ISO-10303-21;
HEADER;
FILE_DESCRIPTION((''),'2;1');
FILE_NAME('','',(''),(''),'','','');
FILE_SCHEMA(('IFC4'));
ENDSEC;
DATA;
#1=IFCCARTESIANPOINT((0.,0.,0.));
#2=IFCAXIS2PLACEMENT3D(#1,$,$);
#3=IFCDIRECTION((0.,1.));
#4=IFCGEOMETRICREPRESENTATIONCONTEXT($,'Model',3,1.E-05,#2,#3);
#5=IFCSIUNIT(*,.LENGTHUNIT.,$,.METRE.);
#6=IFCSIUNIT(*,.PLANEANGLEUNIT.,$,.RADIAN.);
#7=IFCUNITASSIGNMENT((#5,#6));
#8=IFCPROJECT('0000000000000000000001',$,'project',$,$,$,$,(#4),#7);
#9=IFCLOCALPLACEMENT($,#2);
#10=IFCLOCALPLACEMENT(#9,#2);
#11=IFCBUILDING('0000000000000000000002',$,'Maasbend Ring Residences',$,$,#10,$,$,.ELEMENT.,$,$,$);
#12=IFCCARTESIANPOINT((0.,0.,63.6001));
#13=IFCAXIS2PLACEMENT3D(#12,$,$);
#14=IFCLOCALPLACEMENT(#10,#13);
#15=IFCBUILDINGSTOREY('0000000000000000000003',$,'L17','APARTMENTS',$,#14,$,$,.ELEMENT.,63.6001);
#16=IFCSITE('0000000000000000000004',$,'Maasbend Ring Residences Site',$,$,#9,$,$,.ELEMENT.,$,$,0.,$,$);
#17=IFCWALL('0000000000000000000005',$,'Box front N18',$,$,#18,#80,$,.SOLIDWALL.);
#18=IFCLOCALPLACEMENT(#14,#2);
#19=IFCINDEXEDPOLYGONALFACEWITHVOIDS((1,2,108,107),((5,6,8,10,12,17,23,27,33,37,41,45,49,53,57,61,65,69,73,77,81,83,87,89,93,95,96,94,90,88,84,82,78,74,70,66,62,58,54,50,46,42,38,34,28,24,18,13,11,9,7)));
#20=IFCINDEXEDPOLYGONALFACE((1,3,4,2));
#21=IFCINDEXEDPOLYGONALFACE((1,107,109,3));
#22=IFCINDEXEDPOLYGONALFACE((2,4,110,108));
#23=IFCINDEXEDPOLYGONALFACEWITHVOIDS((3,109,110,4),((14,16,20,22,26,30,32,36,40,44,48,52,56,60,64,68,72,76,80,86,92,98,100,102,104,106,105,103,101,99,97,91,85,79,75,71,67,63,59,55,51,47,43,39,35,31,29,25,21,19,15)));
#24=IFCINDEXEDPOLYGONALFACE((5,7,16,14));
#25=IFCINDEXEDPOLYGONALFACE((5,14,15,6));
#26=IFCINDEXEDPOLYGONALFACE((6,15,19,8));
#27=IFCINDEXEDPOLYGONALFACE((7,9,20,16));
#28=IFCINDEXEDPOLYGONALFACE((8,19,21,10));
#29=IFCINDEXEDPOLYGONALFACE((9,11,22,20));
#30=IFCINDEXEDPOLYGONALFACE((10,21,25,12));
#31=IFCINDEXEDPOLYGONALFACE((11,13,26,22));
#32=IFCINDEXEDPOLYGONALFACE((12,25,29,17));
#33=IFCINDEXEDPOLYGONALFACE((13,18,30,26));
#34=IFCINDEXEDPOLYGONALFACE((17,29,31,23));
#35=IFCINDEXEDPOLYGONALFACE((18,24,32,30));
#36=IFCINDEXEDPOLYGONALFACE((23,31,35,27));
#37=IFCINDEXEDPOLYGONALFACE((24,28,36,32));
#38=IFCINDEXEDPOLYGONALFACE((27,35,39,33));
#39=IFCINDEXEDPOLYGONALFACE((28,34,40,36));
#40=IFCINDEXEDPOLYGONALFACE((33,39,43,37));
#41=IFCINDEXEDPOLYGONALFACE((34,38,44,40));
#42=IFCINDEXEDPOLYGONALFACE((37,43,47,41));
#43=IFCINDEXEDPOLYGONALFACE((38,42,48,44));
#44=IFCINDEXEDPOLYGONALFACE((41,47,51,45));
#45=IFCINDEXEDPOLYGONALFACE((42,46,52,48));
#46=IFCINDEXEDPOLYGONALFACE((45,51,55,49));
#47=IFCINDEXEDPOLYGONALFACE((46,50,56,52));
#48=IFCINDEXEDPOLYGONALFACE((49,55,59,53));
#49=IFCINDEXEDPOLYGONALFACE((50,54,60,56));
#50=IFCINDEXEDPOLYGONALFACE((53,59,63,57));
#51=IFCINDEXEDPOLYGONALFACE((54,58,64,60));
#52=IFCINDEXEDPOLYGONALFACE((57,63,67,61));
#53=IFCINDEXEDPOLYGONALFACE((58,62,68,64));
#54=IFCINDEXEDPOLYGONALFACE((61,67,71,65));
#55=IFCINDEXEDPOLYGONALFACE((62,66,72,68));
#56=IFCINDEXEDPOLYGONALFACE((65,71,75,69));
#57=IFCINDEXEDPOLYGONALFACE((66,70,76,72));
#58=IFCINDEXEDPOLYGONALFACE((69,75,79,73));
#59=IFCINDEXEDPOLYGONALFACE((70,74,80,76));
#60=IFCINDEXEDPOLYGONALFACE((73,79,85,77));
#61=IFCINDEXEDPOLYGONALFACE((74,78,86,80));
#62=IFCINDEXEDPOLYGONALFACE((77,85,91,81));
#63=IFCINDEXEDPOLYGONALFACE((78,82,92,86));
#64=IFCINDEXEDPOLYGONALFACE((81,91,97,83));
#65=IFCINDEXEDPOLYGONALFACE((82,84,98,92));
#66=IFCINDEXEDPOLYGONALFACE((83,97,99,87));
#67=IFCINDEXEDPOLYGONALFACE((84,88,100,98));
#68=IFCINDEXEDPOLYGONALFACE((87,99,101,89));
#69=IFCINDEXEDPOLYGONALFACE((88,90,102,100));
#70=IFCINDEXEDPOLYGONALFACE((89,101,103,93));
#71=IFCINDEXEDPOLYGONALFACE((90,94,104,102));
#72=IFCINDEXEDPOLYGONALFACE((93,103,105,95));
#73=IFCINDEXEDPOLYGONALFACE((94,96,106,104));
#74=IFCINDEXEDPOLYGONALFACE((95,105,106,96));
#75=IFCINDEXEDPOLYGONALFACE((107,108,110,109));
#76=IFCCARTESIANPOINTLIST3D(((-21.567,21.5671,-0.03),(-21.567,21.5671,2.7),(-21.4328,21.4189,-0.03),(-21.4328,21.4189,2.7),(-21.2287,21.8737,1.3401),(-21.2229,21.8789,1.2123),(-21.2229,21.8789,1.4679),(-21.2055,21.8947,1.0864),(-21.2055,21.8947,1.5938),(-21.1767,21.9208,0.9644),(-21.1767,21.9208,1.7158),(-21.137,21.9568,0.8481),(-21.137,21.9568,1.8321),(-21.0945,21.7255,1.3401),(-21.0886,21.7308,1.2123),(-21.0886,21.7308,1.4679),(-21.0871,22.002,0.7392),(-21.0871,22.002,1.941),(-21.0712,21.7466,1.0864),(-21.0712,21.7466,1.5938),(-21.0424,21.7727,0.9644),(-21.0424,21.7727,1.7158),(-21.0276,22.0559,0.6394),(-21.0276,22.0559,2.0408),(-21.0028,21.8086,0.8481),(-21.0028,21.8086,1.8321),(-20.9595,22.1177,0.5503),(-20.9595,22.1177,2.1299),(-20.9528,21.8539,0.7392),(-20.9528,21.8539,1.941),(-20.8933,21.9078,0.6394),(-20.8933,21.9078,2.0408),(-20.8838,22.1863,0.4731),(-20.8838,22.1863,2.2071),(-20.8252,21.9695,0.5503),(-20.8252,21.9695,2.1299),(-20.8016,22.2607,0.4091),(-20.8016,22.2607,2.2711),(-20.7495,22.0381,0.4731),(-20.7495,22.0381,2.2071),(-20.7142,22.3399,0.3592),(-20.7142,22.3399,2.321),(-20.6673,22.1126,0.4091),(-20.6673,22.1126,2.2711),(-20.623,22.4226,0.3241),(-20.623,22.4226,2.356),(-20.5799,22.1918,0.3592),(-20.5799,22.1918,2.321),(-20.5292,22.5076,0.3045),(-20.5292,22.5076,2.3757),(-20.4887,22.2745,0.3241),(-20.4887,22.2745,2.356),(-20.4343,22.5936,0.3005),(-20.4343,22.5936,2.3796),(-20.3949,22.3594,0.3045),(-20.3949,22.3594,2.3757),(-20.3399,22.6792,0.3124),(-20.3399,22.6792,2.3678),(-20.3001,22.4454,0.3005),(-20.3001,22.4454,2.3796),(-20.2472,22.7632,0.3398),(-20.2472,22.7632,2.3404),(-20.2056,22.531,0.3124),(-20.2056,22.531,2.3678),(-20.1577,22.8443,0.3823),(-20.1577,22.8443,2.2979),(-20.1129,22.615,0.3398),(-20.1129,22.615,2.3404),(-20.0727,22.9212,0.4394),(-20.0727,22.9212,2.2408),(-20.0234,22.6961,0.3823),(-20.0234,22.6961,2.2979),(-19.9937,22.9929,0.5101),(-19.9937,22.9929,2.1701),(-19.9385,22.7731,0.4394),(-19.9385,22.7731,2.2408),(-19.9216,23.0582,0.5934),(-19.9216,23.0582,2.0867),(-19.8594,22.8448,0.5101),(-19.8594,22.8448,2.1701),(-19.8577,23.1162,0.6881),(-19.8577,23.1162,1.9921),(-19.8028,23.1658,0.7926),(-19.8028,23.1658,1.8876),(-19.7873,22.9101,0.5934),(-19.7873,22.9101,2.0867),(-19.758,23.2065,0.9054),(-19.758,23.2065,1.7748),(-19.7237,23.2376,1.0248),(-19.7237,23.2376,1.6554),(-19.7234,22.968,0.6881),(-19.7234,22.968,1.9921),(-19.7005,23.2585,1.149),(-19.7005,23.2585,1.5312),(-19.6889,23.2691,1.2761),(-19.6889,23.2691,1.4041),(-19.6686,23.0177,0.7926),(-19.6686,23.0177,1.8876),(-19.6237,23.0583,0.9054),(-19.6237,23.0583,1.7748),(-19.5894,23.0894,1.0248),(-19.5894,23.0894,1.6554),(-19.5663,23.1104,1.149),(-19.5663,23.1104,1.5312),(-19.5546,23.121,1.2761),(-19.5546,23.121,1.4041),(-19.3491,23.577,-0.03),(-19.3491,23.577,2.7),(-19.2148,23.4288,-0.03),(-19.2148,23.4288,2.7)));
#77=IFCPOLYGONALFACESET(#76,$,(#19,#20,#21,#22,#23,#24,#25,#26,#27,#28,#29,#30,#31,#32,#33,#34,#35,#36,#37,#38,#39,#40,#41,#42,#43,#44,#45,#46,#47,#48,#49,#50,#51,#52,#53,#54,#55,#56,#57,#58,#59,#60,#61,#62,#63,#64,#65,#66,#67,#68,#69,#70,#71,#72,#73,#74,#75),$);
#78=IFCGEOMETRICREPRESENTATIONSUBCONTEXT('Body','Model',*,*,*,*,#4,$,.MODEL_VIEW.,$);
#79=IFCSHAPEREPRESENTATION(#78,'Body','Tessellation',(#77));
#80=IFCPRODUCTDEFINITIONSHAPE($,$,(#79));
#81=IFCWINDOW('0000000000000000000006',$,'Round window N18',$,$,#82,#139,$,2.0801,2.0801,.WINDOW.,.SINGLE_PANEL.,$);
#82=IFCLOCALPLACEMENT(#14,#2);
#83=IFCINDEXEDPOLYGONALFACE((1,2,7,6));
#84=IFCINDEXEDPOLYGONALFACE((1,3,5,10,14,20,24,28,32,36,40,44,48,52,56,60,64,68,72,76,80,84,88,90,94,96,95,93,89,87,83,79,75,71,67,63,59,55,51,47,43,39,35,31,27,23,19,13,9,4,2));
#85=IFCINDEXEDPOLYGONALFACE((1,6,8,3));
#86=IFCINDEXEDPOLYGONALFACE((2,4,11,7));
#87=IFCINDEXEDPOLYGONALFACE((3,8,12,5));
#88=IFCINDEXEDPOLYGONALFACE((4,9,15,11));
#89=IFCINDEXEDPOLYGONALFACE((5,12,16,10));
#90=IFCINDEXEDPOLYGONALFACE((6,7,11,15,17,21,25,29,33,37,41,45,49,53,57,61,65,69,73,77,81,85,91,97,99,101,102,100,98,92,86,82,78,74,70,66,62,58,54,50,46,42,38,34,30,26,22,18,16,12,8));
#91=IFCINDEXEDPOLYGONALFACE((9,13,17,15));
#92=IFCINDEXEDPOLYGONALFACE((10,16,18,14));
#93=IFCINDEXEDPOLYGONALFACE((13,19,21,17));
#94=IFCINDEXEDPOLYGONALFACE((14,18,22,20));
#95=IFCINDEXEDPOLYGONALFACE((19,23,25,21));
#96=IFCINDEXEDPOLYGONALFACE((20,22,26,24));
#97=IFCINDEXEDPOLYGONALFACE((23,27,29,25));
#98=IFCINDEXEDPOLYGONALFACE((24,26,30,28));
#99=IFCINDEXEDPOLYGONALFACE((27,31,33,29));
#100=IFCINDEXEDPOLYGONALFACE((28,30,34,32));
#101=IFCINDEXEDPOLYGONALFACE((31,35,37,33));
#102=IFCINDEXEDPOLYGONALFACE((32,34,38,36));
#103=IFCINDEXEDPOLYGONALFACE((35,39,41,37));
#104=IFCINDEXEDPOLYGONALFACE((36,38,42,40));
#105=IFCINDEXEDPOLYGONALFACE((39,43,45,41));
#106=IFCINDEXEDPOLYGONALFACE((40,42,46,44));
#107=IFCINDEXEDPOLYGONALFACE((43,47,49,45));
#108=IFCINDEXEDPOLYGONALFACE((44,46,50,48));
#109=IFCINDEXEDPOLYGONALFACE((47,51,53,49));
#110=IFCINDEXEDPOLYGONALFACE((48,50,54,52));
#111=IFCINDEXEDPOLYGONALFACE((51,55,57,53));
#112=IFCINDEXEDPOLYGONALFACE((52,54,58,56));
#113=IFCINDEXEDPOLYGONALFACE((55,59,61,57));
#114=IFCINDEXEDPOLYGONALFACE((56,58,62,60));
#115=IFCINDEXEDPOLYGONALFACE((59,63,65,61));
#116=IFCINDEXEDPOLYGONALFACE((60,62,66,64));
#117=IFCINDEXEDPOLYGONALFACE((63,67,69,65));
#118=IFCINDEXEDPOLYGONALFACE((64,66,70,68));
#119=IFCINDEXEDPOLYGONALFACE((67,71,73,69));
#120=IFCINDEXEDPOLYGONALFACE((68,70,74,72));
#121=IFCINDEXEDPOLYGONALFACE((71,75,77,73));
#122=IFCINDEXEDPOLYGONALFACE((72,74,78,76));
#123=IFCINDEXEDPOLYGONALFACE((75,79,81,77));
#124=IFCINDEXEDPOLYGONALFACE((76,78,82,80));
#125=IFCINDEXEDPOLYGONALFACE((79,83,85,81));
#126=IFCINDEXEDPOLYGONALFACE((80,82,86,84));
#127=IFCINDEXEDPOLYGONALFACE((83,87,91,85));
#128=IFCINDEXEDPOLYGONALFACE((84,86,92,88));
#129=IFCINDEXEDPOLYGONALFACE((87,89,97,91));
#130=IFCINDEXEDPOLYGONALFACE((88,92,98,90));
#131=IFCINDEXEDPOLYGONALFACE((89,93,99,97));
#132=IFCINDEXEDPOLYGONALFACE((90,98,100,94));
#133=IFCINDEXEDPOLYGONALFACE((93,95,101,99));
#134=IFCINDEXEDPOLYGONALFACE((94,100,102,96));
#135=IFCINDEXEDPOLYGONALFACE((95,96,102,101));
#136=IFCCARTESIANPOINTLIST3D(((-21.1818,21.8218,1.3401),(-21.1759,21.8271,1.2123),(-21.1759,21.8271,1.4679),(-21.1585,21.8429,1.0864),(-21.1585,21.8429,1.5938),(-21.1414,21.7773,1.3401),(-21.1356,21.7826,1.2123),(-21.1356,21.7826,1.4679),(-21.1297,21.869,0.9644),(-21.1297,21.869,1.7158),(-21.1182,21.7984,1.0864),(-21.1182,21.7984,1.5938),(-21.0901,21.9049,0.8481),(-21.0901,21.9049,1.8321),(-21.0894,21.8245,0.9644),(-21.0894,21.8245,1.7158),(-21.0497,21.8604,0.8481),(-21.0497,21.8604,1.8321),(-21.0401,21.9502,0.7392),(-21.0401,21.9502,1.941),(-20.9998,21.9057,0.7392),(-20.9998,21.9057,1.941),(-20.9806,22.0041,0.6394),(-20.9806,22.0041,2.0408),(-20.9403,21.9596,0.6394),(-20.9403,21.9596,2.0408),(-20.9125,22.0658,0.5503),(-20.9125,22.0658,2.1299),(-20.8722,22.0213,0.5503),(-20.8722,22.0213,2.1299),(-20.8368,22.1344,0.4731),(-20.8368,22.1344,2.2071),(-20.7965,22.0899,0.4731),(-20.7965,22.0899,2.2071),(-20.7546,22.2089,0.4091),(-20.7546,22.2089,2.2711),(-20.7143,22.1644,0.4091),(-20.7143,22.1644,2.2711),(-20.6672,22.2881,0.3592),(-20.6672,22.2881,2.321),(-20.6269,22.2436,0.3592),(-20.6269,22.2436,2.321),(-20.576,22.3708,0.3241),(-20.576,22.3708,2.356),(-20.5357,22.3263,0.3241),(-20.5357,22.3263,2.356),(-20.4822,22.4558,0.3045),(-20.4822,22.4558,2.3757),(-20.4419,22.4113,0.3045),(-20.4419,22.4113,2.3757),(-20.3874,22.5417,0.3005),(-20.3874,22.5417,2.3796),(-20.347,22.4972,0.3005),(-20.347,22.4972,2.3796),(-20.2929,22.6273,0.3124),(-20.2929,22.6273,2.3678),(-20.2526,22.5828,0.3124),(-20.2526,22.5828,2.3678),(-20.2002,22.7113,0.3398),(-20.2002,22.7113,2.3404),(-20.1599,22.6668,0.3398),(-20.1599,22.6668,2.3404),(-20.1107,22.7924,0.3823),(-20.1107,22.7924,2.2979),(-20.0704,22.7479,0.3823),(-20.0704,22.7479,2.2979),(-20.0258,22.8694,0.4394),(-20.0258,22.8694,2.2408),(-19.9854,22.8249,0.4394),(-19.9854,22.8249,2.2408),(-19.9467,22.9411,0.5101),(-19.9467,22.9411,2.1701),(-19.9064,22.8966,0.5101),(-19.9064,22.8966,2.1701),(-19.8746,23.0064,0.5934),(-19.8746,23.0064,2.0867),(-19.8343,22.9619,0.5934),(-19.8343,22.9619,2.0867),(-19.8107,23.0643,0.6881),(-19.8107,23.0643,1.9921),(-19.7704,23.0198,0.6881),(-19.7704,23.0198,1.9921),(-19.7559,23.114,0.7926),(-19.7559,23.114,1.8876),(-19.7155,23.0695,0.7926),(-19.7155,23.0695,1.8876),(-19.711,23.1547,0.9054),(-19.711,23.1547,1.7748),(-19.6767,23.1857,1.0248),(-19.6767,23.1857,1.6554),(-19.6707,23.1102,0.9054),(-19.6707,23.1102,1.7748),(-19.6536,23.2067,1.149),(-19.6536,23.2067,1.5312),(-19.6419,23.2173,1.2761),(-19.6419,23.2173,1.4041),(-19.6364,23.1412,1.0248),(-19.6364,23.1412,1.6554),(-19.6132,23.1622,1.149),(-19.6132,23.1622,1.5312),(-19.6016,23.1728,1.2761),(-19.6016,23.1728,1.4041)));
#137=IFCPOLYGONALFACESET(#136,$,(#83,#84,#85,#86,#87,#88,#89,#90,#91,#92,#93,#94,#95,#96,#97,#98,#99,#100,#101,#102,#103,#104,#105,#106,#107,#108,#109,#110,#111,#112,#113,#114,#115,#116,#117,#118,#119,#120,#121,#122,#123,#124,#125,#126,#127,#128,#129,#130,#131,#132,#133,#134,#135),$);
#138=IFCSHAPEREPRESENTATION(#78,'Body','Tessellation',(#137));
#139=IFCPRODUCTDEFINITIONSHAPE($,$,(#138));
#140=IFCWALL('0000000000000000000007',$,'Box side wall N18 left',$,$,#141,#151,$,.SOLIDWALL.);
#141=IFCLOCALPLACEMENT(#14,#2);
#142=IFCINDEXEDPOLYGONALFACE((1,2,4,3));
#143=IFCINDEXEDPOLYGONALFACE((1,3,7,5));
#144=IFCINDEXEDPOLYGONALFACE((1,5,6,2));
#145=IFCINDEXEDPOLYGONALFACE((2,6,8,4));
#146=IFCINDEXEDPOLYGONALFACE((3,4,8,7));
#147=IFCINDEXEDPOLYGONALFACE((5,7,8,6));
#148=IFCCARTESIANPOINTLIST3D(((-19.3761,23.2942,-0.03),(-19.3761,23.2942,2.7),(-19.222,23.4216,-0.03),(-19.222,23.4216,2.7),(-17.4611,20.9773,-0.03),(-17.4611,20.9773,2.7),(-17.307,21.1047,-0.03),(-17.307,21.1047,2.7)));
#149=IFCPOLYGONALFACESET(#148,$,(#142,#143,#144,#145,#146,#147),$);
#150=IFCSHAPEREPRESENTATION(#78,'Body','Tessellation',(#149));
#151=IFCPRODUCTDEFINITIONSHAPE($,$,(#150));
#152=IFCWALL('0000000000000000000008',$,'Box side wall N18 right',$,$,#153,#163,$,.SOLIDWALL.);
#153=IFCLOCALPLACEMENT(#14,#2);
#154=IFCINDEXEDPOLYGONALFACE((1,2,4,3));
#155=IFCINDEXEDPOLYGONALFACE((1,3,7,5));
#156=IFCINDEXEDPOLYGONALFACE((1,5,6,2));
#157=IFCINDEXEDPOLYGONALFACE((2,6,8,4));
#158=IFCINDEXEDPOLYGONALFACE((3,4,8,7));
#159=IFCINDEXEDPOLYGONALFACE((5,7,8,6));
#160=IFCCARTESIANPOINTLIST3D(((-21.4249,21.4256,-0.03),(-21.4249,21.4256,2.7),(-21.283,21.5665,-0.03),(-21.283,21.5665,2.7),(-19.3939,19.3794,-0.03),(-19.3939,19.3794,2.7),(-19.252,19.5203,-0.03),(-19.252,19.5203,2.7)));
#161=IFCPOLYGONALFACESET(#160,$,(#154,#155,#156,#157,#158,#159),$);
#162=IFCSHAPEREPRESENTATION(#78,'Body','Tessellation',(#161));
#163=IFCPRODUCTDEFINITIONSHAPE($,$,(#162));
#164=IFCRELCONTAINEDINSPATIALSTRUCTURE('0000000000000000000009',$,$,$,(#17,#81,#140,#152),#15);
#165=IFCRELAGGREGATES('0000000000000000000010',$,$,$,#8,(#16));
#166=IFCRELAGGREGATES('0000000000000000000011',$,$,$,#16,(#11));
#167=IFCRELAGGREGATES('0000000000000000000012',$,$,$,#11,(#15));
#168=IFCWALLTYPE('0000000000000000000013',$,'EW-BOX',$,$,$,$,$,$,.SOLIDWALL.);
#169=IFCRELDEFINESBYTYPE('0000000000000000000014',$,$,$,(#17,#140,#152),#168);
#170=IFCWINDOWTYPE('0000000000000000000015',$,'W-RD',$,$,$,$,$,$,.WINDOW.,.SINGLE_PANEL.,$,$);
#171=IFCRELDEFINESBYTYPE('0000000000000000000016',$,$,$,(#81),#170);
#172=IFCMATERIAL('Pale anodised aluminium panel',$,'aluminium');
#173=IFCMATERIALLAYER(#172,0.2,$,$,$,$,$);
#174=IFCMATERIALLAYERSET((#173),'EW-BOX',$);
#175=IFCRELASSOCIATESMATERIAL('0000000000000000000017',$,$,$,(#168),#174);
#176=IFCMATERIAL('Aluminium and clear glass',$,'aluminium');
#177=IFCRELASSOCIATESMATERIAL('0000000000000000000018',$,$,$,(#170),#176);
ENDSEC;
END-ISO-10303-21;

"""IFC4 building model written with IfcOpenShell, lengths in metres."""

from ifc_helpers import new_model, si_unit, direction, frame, frame_2d, origin, place, context, subcontext, project, spatial, rectangle, circle, extrude, material, layer, layer_set, type_object, element, fill, save


model = new_model("IFC4")

# Units and contexts
model_context = context("Model", 3, precision=1e-05, world=origin(), true_north=direction((0.0, 1.0)))
body_context = subcontext(model_context, "Body", "Model", "MODEL_VIEW")
ifc_project = project(units=[si_unit("LENGTHUNIT", "METRE"), si_unit("PLANEANGLEUNIT", "RADIAN")], contexts=[model_context])

# Site, building, storey
site_placement = place(None, origin())
site = spatial("IfcSite", under=ifc_project, at=site_placement, Name="Maasbend Ring Residences Site", CompositionType="ELEMENT", RefElevation=0.0)
building_placement = place(site_placement, origin())
building = spatial("IfcBuilding", under=site, at=building_placement, Name="Maasbend Ring Residences", CompositionType="ELEMENT")
storey_placement = place(building_placement, frame((0.0, 0.0, 63.6001)))
storey = spatial("IfcBuildingStorey", under=building, at=storey_placement, Name="L17", Description="APARTMENTS", CompositionType="ELEMENT", Elevation=63.6001)

# Wall, opening, window
ifc_material_1 = material(Name="Pale anodised aluminium panel", Category="aluminium")
ifc_layer_1 = layer(ifc_material_1, 0.2)
ifc_layer_set_1 = layer_set([ifc_layer_1], Name="EW-BOX")
wall_type_1 = type_object("IfcWallType", Name="EW-BOX", PredefinedType="SOLIDWALL", material=ifc_layer_set_1)
wall_1_placement = place(storey_placement, frame((-19.282, 23.5029, -0.03), z_axis=(0.0, 0.0, 1.0), x_axis=(-0.740998, -0.671507, 0.0)))
wall_1 = element("IfcWall", 1, at=wall_1_placement, inside=storey, type_object=wall_type_1, Name="Box front N18", PredefinedType="SOLIDWALL", context=body_context, shape_type="SweptSolid", body=[
    extrude(rectangle(XDim=2.9932, YDim=0.2, at=frame_2d((1.4966, 0.0))), origin(), (0.0, 0.0, 1.0), 2.73),
])
opening_1_placement = place(wall_1_placement, frame((0.4565, 0.0, 0.3301)))
opening_1 = element("IfcOpeningElement", 2, at=opening_1_placement, cuts=wall_1, PredefinedType="OPENING", context=body_context, shape_type="SweptSolid", body=[
    extrude(circle(Radius=1.04, at=frame_2d((1.04, 1.04))), frame((0.0, 0.1099, 0.0), z_axis=(0.0, -1.0, 0.0), x_axis=(1.0, 0.0, 0.0)), (0.0, 0.0, 1.0), 0.22),
])
ifc_material_2 = material(Name="Aluminium and clear glass", Category="aluminium")
window_type_1 = type_object("IfcWindowType", Name="W-RD", PartitioningType="SINGLE_PANEL", PredefinedType="WINDOW", material=ifc_material_2)
window_1_placement = place(opening_1_placement, origin())
window_1 = element("IfcWindow", 3, at=window_1_placement, inside=storey, type_object=window_type_1, Name="Round window N18", OverallHeight=2.0801, OverallWidth=2.0801, PartitioningType="SINGLE_PANEL", PredefinedType="WINDOW", context=body_context, shape_type="SweptSolid", body=[
    extrude(circle(Radius=1.04, at=frame_2d((1.04, 1.04))), frame((0.0, 0.03, 0.0), z_axis=(0.0, -1.0, 0.0), x_axis=(1.0, 0.0, 0.0)), (0.0, 0.0, 1.0), 0.0601),
])
fill(opening_1, window_1)

# Walls
wall_2_placement = place(storey_placement, frame((-17.384, 21.041, -0.03), z_axis=(0.0, 0.0, 1.0), x_axis=(-0.637096, 0.770785, 0.0)))
element("IfcWall", 4, at=wall_2_placement, inside=storey, type_object=wall_type_1, Name="Box side wall N18 left", PredefinedType="SOLIDWALL", context=body_context, shape_type="SweptSolid", body=[
    extrude(rectangle(XDim=3.0059, YDim=0.2, at=frame_2d((1.5029, 0.0))), origin(), (0.0, 0.0, 1.0), 2.73),
])
wall_3_placement = place(storey_placement, frame((-19.323, 19.45, -0.03), z_axis=(0.0, 0.0, 1.0), x_axis=(-0.704477, 0.709727, 0.0)))
element("IfcWall", 5, at=wall_3_placement, inside=storey, type_object=wall_type_1, Name="Box side wall N18 right", PredefinedType="SOLIDWALL", context=body_context, shape_type="SweptSolid", body=[
    extrude(rectangle(XDim=2.8831, YDim=0.2, at=frame_2d((1.4414, 0.0))), origin(), (0.0, 0.0, 1.0), 2.73),
])

save(model, "model.ifc")
